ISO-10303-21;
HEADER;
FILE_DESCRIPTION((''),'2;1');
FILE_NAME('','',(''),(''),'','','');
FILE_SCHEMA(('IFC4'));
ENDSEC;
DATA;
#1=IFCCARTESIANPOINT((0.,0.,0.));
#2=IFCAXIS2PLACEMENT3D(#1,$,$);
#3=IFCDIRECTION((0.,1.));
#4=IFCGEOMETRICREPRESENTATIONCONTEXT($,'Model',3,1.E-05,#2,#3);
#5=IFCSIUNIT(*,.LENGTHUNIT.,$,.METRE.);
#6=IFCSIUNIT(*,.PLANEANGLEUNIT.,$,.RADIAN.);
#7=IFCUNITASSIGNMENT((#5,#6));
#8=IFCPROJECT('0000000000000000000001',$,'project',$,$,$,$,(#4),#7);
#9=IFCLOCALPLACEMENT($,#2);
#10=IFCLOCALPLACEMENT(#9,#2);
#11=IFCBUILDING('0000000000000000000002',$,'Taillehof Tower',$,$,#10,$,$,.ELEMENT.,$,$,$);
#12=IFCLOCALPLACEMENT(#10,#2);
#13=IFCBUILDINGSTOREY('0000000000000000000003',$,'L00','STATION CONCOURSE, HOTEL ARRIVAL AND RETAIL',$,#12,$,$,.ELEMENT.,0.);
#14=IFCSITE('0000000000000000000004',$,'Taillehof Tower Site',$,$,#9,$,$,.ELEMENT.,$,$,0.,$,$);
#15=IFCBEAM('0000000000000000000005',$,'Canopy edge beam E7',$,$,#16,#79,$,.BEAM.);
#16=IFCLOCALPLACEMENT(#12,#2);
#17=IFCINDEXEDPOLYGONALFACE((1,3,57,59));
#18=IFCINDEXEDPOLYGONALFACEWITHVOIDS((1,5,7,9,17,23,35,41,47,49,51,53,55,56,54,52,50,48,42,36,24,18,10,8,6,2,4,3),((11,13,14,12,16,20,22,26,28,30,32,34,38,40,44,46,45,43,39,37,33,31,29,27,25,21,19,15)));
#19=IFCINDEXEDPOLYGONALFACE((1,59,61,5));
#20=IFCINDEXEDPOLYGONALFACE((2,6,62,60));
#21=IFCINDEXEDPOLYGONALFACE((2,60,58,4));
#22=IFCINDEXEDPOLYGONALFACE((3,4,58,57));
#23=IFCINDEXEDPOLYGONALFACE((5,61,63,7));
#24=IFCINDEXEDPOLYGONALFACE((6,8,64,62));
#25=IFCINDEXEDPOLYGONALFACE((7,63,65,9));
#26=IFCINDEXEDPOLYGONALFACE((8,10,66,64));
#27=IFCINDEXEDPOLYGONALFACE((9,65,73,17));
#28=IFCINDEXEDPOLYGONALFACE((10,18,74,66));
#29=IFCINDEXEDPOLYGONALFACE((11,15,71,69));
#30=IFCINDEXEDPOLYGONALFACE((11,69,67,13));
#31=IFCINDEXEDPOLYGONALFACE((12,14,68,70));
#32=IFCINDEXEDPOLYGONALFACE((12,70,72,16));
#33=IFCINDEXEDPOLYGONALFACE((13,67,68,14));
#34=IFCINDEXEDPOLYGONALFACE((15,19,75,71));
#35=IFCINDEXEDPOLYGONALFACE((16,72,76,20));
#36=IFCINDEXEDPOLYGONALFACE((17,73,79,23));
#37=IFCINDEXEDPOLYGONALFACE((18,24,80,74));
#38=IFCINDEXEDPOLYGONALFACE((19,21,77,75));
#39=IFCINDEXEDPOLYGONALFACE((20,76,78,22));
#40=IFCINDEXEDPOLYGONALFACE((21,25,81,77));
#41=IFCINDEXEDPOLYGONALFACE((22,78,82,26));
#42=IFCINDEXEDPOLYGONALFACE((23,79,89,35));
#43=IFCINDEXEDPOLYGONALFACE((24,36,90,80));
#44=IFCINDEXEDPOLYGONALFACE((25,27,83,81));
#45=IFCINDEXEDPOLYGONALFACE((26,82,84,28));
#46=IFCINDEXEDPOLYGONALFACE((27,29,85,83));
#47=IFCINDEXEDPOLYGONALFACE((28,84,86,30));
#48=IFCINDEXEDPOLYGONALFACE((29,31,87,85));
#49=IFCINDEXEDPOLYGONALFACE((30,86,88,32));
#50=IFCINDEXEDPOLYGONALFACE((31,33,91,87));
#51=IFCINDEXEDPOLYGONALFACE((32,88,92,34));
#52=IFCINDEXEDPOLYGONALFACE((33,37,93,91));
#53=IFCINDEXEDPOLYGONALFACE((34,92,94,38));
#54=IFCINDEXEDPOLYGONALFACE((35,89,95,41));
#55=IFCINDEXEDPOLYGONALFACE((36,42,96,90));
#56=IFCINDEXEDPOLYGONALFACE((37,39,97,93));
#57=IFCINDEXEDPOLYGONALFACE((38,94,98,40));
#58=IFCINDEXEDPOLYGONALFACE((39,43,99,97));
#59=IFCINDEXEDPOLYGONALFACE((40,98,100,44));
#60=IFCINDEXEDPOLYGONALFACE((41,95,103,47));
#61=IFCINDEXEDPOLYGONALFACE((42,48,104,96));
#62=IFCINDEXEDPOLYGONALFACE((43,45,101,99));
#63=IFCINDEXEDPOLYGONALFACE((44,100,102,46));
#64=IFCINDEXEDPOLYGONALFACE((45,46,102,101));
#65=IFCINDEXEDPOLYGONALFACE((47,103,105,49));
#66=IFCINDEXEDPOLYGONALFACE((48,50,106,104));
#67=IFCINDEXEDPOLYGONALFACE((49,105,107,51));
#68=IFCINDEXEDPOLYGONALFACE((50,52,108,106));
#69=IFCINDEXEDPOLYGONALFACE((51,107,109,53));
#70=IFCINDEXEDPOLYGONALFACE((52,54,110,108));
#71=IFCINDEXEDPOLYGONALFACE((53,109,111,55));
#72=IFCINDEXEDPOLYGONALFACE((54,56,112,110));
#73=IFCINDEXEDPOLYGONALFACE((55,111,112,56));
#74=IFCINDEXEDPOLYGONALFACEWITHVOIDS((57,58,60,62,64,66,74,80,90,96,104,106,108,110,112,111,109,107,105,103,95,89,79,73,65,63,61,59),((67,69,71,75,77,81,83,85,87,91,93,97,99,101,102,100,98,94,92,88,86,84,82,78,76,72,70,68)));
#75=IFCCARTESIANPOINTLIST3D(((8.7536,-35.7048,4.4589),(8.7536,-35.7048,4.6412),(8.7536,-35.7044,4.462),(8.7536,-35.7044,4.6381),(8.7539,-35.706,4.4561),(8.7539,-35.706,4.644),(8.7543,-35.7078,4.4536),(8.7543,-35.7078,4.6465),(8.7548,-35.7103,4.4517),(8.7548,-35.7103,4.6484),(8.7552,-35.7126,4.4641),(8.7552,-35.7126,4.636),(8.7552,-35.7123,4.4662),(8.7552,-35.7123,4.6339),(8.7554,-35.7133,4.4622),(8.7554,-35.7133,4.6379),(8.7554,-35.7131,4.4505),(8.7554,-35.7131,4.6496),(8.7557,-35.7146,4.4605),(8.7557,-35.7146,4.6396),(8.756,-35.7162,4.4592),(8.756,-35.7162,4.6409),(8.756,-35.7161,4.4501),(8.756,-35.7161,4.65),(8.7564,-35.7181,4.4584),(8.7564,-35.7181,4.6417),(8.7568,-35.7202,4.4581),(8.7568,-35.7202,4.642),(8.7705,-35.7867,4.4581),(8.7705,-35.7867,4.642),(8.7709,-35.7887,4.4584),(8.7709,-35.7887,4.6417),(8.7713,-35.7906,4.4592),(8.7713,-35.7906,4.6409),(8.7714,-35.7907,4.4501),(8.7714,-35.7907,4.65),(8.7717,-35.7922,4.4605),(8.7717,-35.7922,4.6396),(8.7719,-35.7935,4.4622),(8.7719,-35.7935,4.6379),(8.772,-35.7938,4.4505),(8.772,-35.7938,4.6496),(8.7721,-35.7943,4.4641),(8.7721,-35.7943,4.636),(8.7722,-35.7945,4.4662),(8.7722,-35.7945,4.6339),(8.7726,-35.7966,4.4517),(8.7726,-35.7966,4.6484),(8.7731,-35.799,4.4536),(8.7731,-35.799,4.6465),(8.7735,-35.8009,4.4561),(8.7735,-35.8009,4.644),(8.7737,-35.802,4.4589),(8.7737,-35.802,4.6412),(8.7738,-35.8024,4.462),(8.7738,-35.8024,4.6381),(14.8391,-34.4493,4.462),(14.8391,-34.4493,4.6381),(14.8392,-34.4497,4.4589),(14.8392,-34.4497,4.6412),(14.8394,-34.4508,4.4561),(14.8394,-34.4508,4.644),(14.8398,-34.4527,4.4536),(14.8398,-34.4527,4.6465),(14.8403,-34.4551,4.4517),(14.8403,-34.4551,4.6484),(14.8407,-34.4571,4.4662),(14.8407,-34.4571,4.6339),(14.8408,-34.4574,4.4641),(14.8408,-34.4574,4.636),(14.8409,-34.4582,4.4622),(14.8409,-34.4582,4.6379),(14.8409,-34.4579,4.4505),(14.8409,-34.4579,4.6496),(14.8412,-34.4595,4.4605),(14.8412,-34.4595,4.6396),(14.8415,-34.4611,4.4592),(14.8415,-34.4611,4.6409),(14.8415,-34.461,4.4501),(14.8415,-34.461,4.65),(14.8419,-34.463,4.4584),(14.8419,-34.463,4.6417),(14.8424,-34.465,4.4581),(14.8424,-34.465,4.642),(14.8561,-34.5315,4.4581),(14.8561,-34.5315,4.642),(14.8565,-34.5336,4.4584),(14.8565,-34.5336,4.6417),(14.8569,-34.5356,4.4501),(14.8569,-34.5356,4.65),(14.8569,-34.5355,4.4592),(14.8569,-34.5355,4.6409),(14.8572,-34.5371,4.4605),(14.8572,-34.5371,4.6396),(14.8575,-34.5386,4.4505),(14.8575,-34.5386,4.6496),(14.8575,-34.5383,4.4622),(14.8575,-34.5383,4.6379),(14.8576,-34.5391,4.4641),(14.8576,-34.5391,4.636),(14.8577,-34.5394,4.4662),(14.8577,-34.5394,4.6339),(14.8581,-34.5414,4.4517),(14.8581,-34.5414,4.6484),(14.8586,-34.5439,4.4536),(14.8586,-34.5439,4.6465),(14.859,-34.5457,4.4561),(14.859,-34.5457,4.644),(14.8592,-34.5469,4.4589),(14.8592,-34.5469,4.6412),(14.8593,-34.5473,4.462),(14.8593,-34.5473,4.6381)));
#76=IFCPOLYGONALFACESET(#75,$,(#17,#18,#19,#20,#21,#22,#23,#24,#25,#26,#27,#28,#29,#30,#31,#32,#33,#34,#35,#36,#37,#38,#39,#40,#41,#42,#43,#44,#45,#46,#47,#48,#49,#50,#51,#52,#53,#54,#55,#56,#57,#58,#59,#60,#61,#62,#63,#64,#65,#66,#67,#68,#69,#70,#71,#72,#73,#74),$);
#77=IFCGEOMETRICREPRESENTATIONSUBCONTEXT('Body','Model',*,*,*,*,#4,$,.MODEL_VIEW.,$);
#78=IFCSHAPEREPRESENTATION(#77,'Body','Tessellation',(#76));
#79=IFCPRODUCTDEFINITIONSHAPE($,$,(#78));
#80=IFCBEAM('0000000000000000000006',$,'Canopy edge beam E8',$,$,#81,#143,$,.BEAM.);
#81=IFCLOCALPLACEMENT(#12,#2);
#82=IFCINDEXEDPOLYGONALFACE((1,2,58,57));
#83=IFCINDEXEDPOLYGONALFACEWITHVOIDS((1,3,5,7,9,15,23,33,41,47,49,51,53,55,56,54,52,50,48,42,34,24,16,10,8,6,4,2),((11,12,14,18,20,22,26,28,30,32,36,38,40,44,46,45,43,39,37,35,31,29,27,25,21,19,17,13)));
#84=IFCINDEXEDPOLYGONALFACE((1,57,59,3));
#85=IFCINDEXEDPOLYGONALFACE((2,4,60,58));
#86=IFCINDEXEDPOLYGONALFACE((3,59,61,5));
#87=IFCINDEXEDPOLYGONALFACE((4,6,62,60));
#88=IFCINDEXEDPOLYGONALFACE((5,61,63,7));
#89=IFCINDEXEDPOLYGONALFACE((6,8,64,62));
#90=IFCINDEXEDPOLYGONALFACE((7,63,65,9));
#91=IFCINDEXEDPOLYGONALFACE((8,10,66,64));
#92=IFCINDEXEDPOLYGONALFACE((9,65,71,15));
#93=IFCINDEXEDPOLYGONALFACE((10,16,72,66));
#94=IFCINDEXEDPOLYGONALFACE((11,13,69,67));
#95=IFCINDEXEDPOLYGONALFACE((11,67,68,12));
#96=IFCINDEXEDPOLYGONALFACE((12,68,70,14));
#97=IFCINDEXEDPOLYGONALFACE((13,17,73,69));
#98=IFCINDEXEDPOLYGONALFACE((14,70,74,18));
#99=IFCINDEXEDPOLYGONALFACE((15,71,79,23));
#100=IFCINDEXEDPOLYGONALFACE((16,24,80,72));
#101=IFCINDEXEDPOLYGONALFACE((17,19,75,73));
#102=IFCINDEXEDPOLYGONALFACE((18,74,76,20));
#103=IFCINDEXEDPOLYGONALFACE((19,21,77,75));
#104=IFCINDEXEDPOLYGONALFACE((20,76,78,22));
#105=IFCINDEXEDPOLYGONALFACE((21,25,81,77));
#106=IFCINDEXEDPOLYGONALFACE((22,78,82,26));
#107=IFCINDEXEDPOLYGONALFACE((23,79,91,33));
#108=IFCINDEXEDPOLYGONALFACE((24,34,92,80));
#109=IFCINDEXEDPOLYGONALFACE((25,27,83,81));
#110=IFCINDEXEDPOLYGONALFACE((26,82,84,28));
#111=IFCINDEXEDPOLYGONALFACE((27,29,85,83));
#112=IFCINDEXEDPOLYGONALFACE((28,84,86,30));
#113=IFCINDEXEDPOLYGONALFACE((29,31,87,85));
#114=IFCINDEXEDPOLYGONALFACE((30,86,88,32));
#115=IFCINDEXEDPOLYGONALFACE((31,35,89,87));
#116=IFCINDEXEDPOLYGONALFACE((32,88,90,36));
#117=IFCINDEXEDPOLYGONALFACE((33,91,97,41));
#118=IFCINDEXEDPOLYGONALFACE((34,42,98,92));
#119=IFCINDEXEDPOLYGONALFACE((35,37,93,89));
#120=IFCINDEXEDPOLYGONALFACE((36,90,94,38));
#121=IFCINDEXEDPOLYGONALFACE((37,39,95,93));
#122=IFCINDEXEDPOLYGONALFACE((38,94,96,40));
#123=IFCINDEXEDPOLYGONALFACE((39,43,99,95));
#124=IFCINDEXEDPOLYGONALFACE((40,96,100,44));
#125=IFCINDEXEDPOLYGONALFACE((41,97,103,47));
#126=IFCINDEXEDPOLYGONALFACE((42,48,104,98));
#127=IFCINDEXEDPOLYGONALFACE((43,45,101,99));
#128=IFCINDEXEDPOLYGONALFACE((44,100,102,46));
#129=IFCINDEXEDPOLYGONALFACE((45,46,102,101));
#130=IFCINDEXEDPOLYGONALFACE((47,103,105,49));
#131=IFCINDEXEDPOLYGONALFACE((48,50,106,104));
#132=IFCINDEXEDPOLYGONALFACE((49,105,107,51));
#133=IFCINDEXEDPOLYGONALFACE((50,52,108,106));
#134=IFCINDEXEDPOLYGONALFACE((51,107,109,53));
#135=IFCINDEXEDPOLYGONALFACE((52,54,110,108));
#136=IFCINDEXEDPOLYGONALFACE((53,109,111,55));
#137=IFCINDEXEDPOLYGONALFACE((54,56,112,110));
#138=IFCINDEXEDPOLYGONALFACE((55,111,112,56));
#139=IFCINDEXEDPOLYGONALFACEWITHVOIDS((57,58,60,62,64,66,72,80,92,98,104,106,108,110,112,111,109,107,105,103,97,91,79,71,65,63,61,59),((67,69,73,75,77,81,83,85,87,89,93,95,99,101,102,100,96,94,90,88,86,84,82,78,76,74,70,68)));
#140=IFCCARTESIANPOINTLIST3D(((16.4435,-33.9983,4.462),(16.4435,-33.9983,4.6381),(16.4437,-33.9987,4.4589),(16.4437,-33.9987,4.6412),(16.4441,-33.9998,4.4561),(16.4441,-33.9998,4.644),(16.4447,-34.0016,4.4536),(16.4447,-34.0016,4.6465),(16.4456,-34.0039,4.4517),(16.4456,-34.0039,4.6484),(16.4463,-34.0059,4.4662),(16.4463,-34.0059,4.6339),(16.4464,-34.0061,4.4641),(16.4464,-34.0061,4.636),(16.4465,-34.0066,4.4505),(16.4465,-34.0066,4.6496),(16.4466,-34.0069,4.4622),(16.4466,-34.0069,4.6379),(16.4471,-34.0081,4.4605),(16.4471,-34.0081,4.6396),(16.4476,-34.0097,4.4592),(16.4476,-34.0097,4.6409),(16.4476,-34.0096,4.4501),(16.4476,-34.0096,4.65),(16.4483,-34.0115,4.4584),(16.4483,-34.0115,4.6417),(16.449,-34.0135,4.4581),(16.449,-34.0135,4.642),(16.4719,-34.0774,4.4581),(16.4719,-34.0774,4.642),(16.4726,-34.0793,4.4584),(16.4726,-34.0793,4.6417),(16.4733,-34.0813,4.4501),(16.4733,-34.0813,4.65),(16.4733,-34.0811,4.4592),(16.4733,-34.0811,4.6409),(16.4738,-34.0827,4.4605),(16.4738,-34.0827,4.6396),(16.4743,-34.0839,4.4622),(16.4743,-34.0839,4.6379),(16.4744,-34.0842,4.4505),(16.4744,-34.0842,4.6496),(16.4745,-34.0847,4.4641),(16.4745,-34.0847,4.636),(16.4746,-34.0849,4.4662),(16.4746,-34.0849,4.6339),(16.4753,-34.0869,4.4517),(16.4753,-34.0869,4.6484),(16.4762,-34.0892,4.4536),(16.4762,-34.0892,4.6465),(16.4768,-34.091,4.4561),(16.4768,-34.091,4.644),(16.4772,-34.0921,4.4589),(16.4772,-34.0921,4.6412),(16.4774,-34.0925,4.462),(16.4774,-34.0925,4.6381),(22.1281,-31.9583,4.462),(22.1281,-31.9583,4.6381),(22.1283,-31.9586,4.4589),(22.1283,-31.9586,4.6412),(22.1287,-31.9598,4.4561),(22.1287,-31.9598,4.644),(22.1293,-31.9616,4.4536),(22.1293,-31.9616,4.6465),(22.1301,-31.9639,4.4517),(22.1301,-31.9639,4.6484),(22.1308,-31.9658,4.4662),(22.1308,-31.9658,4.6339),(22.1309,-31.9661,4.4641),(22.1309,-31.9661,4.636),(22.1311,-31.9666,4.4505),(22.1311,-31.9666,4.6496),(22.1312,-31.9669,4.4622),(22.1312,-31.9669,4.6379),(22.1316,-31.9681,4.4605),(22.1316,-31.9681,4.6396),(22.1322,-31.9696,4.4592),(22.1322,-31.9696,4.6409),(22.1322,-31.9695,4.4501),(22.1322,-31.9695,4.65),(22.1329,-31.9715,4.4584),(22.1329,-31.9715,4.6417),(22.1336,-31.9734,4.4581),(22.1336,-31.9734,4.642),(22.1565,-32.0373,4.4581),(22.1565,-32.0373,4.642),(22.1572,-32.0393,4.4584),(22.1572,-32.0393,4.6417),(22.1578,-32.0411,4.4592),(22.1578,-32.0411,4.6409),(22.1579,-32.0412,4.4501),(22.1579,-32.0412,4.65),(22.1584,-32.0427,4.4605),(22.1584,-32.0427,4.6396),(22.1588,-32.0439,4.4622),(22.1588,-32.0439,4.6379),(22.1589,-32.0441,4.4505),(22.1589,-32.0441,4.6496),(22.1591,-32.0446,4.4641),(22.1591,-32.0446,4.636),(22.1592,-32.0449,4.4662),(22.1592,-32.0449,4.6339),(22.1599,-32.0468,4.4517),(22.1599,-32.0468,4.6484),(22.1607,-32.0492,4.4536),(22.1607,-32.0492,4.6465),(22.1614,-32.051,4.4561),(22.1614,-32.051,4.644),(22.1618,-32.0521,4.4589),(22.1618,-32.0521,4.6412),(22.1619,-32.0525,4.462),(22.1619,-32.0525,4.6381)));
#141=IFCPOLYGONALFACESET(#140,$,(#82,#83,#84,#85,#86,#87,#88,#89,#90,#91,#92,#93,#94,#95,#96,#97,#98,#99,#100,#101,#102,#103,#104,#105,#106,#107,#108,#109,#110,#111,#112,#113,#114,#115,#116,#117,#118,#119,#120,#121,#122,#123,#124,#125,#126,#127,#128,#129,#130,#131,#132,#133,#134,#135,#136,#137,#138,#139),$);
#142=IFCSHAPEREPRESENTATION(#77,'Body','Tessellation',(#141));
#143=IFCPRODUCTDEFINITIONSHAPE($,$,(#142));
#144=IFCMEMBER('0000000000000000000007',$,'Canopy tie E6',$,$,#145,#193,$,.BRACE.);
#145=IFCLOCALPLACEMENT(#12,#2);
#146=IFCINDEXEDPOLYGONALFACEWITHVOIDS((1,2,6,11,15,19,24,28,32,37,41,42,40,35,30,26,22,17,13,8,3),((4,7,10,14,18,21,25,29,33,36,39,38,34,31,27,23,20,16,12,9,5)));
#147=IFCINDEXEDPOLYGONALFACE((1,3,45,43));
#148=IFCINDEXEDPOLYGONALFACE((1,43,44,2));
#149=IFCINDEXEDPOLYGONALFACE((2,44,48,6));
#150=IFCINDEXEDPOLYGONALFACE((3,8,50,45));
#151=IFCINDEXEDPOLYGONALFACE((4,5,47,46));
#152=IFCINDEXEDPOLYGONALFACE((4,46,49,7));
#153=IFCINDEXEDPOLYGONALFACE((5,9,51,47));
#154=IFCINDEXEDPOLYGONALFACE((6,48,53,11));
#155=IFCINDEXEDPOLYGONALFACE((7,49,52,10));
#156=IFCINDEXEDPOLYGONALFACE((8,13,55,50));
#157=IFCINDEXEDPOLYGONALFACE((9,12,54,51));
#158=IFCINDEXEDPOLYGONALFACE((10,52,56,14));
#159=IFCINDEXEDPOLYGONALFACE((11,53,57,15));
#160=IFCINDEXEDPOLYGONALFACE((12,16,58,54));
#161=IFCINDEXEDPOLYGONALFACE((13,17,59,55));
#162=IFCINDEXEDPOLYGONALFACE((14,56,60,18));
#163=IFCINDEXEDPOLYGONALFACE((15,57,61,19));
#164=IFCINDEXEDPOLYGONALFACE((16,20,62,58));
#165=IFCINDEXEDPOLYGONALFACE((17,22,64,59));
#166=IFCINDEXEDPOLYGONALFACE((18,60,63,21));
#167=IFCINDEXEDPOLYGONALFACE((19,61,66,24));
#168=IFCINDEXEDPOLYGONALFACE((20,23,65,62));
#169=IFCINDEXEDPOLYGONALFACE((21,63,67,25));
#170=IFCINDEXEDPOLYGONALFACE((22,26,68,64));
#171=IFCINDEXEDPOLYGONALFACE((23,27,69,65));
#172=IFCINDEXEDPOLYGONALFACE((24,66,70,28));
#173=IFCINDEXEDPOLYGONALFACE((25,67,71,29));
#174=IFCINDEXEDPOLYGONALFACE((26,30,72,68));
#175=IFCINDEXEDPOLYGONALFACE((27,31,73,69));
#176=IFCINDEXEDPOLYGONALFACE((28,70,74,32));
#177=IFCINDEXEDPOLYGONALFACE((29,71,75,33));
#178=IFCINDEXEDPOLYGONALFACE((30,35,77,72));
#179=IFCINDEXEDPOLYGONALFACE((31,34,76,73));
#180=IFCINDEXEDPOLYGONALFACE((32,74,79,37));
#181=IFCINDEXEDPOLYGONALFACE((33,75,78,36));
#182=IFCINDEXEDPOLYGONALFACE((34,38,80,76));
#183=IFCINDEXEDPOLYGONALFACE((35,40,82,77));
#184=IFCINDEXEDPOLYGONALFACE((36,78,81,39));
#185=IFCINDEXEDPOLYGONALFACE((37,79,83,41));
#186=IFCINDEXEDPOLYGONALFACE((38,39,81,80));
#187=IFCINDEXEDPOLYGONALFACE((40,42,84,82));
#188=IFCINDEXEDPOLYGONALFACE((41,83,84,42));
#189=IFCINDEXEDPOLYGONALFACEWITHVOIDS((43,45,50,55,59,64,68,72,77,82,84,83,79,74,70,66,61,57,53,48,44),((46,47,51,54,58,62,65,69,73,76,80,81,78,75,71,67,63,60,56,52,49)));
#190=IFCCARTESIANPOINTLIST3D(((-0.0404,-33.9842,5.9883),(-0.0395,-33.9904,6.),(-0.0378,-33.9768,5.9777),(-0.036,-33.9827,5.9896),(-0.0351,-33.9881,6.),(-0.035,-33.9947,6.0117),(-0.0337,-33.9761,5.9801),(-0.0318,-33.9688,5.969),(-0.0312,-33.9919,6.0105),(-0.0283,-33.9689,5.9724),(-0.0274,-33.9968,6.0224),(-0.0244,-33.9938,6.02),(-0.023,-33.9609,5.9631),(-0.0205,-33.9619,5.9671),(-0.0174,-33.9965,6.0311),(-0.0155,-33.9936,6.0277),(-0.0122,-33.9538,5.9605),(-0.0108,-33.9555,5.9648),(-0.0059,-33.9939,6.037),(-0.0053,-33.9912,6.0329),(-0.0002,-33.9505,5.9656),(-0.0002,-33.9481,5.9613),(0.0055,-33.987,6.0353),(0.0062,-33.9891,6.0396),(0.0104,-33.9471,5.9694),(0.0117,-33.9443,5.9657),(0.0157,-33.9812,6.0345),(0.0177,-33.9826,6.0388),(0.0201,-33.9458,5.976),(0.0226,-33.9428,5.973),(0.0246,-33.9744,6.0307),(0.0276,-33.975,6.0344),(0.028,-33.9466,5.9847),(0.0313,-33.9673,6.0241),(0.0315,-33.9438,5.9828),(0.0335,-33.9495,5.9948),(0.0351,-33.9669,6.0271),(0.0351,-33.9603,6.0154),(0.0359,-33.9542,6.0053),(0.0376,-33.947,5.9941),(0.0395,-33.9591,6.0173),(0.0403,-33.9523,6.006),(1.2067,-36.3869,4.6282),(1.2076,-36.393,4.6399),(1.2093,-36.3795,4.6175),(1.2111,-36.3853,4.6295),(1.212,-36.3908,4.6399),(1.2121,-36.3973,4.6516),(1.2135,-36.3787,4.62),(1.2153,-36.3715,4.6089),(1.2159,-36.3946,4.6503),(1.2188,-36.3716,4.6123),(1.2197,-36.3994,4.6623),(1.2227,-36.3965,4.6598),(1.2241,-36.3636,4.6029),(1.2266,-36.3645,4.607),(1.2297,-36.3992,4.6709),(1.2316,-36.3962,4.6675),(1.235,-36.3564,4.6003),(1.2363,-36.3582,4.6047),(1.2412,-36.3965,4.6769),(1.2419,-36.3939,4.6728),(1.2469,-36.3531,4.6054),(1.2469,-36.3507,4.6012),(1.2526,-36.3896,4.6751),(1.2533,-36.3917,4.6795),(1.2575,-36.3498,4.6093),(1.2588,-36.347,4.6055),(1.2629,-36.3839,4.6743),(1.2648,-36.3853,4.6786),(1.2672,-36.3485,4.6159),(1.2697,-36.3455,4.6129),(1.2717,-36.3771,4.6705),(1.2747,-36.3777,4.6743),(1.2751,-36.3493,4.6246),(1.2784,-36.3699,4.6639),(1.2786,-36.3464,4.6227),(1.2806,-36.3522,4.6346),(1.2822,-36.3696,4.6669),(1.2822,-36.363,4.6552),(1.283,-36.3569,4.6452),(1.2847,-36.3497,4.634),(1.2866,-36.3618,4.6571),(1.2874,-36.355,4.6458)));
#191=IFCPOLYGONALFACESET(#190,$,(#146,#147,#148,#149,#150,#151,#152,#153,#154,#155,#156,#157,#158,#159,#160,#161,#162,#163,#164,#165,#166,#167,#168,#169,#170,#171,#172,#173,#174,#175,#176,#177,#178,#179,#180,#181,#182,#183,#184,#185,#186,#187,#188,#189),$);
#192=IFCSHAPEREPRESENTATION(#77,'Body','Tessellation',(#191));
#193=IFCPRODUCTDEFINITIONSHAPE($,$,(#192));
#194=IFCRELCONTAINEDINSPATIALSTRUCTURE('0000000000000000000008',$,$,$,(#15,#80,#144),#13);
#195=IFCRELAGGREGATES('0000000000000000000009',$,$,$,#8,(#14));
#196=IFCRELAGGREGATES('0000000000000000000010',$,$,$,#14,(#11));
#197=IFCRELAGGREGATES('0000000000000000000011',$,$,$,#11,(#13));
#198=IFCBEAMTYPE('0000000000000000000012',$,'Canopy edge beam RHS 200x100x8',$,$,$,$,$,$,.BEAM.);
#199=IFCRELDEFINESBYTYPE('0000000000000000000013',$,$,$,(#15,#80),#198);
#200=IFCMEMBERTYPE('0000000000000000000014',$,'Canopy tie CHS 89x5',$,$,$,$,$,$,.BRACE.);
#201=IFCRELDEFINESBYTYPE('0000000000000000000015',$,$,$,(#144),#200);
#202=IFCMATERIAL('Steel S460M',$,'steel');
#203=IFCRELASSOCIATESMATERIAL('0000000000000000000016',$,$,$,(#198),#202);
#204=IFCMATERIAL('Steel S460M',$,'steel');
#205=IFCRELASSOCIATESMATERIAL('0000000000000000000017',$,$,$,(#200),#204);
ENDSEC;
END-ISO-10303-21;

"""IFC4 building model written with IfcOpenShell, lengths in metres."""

from ifc_helpers import new_model, si_unit, direction, frame, origin, origin_2d, place, context, subcontext, project, spatial, hollow_rectangle, hollow_circle, extrude, material, material_profile, profile_set, type_object, element, save


model = new_model("IFC4")

# Units and contexts
model_context = context("Model", 3, precision=1e-05, world=origin(), true_north=direction((0.0, 1.0)))
body_context = subcontext(model_context, "Body", "Model", "MODEL_VIEW")
ifc_project = project(units=[si_unit("LENGTHUNIT", "METRE"), si_unit("PLANEANGLEUNIT", "RADIAN")], contexts=[model_context])

# Site, building, storey
site_placement = place(None, origin())
site = spatial("IfcSite", under=ifc_project, at=site_placement, Name="Taillehof Tower Site", CompositionType="ELEMENT", RefElevation=0.0)
building_placement = place(site_placement, origin())
building = spatial("IfcBuilding", under=site, at=building_placement, Name="Taillehof Tower", CompositionType="ELEMENT")
storey_placement = place(building_placement, origin())
storey = spatial("IfcBuildingStorey", under=building, at=storey_placement, Name="L00", Description="STATION CONCOURSE, HOTEL ARRIVAL AND RETAIL", CompositionType="ELEMENT", Elevation=0.0)

# Beams
ifc_material_1 = material(Name="Steel S460M", Category="steel")
ifc_material_profile_1 = material_profile(ifc_material_1, hollow_rectangle(XDim=0.1001, YDim=0.2, WallThickness=0.0081, InnerFilletRadius=0.0081, OuterFilletRadius=0.012, at=origin_2d()), Name="RHS 200x100x8")
ifc_profile_set_1 = profile_set([ifc_material_profile_1], Name="Steel S460M")
beam_type_1 = type_object("IfcBeamType", Name="Canopy edge beam RHS 200x100x8", PredefinedType="BEAM", material=ifc_profile_set_1)
beam_1_placement = place(storey_placement, frame((8.7637, -35.7534, 4.55), z_axis=(0.979386, 0.201999, 0.0), x_axis=(-0.201999, 0.979386, 0.0)))
element("IfcBeam", 1, at=beam_1_placement, inside=storey, type_object=beam_type_1, Name="Canopy edge beam E7", PredefinedType="BEAM", context=body_context, shape_type="SweptSolid", body=[
    extrude(hollow_rectangle(XDim=0.1001, YDim=0.2, WallThickness=0.0081, InnerFilletRadius=0.0081, OuterFilletRadius=0.012, at=origin_2d()), origin(), (0.0, 0.0, 1.0), 6.2136),
])
beam_2_placement = place(storey_placement, frame((16.4604, -34.0454, 4.55), z_axis=(0.941225, 0.33778, 0.0), x_axis=(-0.33778, 0.941225, 0.0)))
element("IfcBeam", 2, at=beam_2_placement, inside=storey, type_object=beam_type_1, Name="Canopy edge beam E8", PredefinedType="BEAM", context=body_context, shape_type="SweptSolid", body=[
    extrude(hollow_rectangle(XDim=0.1001, YDim=0.2, WallThickness=0.0081, InnerFilletRadius=0.0081, OuterFilletRadius=0.012, at=origin_2d()), origin(), (0.0, 0.0, 1.0), 6.0396),
])

# Member
ifc_material_2 = material(Name="Steel S460M", Category="steel")
ifc_material_profile_2 = material_profile(ifc_material_2, hollow_circle(Radius=0.0444, WallThickness=0.0049, at=origin_2d()), Name="CHS 89x5")
ifc_profile_set_2 = profile_set([ifc_material_profile_2], Name="Steel S460M")
member_type = type_object("IfcMemberType", Name="Canopy tie CHS 89x5", PredefinedType="BRACE", material=ifc_profile_set_2)
member_1_placement = place(storey_placement, frame((1.2471, -36.3726, 4.6399), z_axis=(-0.41165, 0.79308, 0.448963), x_axis=(-0.887561, -0.460691, 0.0)))
element("IfcMember", 3, at=member_1_placement, inside=storey, type_object=member_type, Name="Canopy tie E6", PredefinedType="BRACE", context=body_context, shape_type="SweptSolid", body=[
    extrude(hollow_circle(Radius=0.0444, WallThickness=0.0049, at=origin_2d()), origin(), (0.0, 0.0, 1.0), 3.0295),
])

save(model, "model.ifc")
